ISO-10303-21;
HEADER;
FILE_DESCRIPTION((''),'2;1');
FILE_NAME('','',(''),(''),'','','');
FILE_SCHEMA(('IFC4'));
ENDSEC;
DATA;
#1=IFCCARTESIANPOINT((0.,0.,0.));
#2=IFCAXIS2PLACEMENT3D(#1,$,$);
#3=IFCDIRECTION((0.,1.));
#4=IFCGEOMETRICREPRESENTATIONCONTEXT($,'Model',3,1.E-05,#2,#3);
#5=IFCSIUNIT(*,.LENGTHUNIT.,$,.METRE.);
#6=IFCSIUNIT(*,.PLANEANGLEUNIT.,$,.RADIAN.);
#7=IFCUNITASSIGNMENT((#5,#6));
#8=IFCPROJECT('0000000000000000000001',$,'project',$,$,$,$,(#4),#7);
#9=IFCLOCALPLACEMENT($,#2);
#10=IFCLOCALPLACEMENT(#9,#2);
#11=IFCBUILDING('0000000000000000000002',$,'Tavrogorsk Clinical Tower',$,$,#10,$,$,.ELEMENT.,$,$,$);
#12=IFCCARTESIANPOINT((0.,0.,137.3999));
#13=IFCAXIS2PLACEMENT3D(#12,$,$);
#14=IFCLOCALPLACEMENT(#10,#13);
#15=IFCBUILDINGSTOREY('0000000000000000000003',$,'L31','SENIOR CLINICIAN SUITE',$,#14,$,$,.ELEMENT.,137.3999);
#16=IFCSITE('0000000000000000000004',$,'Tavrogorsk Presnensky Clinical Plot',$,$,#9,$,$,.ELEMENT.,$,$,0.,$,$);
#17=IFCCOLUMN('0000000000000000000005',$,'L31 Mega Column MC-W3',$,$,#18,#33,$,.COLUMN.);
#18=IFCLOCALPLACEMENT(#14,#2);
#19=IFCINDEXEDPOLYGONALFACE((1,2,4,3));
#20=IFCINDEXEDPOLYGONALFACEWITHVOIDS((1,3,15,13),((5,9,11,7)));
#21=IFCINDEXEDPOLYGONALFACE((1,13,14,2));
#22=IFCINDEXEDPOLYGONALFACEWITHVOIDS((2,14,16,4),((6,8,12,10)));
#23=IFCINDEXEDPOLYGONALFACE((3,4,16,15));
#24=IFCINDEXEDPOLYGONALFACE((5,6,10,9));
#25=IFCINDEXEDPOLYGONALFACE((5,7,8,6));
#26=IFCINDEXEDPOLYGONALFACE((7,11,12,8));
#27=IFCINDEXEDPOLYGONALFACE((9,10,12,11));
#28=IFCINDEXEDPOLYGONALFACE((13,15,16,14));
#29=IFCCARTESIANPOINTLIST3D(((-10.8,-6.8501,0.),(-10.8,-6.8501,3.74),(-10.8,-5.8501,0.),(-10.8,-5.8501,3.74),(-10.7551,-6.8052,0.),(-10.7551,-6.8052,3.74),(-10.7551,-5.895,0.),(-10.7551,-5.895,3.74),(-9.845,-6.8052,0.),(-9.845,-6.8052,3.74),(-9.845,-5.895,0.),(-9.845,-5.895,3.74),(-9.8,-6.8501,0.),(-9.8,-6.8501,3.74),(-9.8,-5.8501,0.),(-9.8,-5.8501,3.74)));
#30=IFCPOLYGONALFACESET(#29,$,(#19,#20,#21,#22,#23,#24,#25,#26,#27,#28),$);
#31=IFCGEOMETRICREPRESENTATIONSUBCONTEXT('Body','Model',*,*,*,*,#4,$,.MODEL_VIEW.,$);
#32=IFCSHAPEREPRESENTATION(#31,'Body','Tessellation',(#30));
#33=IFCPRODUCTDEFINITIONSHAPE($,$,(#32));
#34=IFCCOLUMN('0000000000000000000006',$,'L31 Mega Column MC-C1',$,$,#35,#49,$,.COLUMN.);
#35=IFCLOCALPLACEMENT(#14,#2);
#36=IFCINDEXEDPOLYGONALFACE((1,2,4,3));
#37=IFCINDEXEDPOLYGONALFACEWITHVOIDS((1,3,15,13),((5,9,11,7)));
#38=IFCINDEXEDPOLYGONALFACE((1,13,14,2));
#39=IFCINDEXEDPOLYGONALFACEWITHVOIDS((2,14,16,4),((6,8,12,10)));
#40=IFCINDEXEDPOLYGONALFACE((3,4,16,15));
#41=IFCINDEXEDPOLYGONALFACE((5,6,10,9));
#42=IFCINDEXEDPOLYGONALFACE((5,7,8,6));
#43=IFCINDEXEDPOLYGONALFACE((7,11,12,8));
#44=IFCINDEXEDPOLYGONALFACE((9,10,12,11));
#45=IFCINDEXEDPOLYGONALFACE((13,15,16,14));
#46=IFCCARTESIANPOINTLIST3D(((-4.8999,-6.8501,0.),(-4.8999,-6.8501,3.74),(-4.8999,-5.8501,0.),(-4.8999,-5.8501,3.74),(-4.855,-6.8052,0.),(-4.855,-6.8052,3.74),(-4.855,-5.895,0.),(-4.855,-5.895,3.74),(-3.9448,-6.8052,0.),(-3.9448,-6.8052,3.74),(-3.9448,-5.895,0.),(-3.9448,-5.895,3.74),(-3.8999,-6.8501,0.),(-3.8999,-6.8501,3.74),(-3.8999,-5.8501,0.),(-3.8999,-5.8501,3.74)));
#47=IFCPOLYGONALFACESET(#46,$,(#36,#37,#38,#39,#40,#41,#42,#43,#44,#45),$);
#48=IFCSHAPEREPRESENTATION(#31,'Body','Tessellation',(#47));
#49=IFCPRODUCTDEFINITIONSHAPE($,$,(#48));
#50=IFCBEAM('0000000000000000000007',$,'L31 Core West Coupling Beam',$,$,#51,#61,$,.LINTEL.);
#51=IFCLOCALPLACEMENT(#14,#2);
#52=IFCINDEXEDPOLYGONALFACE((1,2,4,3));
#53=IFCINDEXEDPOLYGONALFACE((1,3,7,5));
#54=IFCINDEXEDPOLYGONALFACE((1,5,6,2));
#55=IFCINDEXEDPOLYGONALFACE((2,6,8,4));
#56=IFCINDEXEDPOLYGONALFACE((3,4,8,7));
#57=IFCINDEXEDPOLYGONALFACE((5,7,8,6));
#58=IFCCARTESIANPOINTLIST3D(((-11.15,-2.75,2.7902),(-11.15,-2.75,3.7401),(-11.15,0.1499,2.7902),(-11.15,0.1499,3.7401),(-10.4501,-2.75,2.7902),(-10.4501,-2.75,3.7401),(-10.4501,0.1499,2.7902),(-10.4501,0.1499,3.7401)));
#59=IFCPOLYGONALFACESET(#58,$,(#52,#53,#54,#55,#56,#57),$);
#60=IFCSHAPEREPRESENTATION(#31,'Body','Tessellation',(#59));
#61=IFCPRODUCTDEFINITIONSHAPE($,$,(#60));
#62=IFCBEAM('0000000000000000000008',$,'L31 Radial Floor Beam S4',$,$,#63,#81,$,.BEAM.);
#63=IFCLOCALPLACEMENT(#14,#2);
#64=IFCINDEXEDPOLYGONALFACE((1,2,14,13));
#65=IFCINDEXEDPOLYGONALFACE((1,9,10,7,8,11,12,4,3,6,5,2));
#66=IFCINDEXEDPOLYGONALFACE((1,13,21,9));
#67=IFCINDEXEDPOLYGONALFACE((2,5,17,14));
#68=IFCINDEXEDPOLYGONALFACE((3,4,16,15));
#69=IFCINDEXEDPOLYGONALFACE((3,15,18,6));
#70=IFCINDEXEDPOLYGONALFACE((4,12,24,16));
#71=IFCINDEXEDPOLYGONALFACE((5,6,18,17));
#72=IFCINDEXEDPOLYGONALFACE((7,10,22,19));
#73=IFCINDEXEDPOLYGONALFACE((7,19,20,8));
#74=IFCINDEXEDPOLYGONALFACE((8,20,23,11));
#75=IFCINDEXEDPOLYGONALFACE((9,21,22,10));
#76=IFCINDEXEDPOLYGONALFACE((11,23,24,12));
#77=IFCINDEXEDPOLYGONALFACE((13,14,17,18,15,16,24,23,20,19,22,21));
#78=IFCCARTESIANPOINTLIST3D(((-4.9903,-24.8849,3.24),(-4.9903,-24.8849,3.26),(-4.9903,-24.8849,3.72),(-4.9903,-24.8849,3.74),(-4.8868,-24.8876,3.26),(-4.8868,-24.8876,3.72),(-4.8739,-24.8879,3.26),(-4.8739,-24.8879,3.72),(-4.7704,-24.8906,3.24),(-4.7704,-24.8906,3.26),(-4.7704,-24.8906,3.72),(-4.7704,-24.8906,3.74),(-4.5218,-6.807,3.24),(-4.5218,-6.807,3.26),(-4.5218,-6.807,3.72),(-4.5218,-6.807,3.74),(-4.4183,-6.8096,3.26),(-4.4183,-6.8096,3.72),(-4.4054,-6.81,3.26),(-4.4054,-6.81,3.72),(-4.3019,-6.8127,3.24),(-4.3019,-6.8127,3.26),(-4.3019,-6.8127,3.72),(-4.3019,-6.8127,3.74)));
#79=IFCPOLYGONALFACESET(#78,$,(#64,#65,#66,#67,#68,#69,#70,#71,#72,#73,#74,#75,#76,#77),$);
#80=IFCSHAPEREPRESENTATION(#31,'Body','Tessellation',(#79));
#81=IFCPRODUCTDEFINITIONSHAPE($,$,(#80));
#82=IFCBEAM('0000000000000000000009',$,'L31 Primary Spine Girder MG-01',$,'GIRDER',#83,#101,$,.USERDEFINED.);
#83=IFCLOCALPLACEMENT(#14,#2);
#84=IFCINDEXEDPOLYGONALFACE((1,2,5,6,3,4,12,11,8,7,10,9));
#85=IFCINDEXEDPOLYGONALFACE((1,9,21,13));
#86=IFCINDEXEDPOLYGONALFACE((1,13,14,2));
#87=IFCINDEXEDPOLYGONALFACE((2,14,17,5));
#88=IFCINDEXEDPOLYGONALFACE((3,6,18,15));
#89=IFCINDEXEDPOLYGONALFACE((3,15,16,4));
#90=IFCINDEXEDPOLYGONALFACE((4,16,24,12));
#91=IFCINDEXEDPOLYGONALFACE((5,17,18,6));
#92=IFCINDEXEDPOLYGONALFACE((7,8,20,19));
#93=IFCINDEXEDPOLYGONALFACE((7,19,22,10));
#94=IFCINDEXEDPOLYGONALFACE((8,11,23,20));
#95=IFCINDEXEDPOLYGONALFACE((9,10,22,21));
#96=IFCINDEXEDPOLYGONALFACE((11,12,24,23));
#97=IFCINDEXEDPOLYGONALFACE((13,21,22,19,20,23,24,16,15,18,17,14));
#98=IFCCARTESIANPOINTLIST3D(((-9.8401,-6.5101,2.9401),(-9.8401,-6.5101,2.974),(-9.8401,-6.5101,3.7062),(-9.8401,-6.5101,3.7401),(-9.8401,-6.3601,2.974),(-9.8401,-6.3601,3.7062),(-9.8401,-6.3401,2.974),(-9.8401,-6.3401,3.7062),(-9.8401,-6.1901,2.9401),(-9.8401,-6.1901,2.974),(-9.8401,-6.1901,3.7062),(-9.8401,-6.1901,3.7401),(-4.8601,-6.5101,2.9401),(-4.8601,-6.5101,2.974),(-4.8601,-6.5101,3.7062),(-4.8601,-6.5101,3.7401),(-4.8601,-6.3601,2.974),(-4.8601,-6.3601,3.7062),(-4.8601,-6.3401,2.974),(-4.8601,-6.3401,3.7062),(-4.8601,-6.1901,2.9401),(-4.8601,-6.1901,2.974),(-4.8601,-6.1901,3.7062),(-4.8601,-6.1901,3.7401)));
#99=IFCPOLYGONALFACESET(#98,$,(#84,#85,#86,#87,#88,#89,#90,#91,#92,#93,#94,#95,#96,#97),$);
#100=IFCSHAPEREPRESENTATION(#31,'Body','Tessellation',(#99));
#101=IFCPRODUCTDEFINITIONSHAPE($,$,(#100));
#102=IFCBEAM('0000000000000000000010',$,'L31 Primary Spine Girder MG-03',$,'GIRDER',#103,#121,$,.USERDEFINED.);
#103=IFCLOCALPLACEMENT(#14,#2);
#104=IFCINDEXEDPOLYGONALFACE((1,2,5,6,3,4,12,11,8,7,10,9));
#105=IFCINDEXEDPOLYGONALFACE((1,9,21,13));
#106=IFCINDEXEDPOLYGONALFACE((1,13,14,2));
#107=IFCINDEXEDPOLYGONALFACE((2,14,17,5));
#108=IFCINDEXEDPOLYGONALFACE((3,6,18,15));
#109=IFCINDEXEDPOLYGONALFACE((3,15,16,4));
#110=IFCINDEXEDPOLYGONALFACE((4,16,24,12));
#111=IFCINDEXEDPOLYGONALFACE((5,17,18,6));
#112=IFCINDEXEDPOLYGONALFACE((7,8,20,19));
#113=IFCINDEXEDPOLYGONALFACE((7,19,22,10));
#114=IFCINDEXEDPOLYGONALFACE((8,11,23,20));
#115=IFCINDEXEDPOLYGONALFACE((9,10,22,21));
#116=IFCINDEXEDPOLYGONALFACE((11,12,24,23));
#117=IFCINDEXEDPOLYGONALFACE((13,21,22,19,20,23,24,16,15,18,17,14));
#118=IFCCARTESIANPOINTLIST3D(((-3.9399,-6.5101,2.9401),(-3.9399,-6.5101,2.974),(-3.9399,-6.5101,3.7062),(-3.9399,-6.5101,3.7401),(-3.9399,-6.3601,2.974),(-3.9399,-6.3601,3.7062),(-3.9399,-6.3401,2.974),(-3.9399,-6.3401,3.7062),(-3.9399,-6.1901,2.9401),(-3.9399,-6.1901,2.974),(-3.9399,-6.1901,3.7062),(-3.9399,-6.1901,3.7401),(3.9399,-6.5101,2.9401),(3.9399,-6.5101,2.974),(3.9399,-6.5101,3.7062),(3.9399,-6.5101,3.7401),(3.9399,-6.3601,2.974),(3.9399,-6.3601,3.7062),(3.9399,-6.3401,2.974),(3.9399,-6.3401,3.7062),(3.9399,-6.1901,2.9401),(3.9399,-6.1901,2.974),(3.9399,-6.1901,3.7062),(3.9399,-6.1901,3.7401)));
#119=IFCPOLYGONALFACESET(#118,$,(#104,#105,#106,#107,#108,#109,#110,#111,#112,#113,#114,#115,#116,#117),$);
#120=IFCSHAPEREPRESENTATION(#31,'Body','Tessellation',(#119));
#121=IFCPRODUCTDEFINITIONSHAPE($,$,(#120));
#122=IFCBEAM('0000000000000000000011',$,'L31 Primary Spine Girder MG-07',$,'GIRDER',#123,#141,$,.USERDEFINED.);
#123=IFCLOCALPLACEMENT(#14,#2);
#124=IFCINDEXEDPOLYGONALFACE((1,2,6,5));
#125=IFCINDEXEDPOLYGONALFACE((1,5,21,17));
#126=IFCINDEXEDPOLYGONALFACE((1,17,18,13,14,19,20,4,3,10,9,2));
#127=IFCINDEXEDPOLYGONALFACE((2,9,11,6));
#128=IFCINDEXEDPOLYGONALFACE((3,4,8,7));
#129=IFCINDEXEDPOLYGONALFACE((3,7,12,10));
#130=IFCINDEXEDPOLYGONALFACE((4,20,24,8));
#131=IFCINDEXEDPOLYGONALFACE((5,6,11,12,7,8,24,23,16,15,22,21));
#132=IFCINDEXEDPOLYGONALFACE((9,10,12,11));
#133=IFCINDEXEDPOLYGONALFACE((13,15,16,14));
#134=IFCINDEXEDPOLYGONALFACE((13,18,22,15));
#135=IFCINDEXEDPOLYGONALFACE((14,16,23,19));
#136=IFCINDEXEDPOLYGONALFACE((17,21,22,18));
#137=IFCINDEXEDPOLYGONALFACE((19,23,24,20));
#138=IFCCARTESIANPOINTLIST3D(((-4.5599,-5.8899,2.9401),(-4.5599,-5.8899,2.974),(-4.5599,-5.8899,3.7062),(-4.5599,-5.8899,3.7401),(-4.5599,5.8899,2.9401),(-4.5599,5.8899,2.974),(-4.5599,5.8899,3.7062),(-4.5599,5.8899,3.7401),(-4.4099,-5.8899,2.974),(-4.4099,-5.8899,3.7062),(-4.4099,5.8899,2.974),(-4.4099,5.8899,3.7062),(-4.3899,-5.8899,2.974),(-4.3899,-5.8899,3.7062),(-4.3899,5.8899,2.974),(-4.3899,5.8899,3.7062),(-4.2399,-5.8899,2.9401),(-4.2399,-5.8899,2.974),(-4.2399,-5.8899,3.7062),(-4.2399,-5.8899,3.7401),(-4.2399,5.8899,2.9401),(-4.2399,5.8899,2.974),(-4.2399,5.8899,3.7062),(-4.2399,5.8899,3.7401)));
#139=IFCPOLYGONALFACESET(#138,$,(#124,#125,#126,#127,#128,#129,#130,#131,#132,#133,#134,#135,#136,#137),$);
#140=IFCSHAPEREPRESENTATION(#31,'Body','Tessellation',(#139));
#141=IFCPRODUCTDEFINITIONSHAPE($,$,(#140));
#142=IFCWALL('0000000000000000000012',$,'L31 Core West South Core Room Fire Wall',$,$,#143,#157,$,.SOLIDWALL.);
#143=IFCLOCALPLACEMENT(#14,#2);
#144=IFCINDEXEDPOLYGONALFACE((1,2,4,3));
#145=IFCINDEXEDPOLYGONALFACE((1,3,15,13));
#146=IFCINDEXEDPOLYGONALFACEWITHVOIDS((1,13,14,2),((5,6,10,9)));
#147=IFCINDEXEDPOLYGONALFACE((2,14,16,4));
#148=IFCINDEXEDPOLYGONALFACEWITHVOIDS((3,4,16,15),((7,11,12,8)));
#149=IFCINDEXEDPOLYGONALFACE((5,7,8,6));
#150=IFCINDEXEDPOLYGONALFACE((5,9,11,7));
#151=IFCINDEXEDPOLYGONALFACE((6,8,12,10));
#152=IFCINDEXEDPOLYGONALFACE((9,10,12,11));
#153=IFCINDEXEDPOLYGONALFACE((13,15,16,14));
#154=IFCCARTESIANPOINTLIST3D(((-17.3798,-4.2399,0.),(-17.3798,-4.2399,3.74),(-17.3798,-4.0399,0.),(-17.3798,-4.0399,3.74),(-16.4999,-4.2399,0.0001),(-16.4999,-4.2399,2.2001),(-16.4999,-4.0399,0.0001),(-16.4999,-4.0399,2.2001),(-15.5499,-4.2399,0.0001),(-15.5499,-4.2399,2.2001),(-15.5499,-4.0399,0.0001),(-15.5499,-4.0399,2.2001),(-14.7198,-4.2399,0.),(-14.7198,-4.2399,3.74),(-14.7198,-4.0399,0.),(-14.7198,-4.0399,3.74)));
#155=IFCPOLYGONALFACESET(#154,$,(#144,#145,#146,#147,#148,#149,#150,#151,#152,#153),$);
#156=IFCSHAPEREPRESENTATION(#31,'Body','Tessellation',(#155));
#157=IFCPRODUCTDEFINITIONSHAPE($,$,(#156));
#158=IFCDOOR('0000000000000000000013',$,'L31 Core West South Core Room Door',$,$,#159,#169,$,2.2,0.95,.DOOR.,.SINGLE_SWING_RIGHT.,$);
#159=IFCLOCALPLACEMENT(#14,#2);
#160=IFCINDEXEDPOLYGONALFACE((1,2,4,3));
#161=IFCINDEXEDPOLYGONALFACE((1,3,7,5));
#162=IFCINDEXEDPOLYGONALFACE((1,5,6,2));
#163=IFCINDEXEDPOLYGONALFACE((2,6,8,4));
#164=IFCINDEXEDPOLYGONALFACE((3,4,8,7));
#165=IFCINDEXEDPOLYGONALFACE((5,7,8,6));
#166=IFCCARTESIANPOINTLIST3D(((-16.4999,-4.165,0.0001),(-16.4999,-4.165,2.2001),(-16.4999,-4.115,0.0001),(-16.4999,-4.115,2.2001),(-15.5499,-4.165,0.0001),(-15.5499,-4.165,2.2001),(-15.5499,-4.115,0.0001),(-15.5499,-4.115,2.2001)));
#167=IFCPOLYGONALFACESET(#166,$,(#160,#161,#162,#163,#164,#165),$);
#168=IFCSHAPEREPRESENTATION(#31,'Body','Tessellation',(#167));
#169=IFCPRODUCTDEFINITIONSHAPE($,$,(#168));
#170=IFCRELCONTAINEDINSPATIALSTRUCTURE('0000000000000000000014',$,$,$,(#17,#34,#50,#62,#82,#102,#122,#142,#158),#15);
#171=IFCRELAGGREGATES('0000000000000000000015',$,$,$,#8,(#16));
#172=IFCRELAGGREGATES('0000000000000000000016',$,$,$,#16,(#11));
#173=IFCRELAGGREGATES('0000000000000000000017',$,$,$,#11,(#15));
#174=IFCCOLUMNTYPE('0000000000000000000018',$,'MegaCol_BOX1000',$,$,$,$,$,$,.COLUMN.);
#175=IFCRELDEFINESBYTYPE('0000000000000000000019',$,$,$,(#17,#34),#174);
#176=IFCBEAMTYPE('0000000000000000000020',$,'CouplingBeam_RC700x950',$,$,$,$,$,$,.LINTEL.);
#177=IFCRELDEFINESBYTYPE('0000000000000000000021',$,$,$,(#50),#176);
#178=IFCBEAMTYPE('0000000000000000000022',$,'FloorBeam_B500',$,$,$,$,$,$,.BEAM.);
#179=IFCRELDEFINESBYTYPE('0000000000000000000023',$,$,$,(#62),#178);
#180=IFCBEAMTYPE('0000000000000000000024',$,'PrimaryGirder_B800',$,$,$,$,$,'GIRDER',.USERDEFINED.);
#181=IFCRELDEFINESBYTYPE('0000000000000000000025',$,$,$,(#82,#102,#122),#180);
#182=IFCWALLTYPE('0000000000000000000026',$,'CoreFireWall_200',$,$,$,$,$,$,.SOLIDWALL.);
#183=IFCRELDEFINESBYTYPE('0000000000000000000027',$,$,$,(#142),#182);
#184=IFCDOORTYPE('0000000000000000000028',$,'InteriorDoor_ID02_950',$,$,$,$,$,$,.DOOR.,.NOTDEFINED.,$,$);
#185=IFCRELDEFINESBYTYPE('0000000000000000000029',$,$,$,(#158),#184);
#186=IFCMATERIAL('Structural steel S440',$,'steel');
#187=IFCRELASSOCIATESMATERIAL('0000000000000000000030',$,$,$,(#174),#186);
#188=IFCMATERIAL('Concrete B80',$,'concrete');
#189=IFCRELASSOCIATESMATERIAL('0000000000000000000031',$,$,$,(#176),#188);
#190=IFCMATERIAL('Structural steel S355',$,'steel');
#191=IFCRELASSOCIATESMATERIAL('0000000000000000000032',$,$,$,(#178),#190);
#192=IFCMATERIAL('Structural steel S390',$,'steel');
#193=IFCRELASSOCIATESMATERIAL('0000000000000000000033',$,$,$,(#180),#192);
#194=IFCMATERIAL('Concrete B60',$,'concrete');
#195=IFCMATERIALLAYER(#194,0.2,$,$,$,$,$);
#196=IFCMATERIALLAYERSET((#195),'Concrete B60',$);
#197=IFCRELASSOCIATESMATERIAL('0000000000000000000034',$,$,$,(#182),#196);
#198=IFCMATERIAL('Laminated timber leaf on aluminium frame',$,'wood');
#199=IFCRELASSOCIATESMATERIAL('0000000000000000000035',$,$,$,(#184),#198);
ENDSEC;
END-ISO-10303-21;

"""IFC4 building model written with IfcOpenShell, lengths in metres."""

from ifc_helpers import new_model, si_unit, direction, frame, frame_2d, origin, origin_2d, place, context, subcontext, project, spatial, rectangle, hollow_rectangle, i_section, extrude, material, layer, layer_set, material_profile, profile_set, type_object, element, fill, save


model = new_model("IFC4")

# Units and contexts
model_context = context("Model", 3, precision=1e-05, world=origin(), true_north=direction((0.0, 1.0)))
body_context = subcontext(model_context, "Body", "Model", "MODEL_VIEW")
ifc_project = project(units=[si_unit("LENGTHUNIT", "METRE"), si_unit("PLANEANGLEUNIT", "RADIAN")], contexts=[model_context])

# Site, building, storey
site_placement = place(None, origin())
site = spatial("IfcSite", under=ifc_project, at=site_placement, Name="Tavrogorsk Presnensky Clinical Plot", CompositionType="ELEMENT", RefElevation=0.0)
building_placement = place(site_placement, origin())
building = spatial("IfcBuilding", under=site, at=building_placement, Name="Tavrogorsk Clinical Tower", CompositionType="ELEMENT")
storey_placement = place(building_placement, frame((0.0, 0.0, 137.3999)))
storey = spatial("IfcBuildingStorey", under=building, at=storey_placement, Name="L31", Description="SENIOR CLINICIAN SUITE", CompositionType="ELEMENT", Elevation=137.3999)

# Columns
ifc_material_1 = material(Name="Structural steel S440", Category="steel")
ifc_material_profile_1 = material_profile(ifc_material_1, hollow_rectangle(XDim=1.0, YDim=1.0, WallThickness=0.0449, at=origin_2d()), Name="BOX-1000x1000x45")
ifc_profile_set_1 = profile_set([ifc_material_profile_1], Name="Structural steel S440")
column_type = type_object("IfcColumnType", Name="MegaCol_BOX1000", PredefinedType="COLUMN", material=ifc_profile_set_1)
for number, where, z_axis, x_axis, name in (
    (1, (-10.3, -6.3501, 0.0), (0.0, 0.0, 1.0), (1.0, 0.0, 0.0), "L31 Mega Column MC-W3"),
    (2, (-4.3999, -6.3501, 0.0), (0.0, 0.0, 1.0), (1.0, 0.0, 0.0), "L31 Mega Column MC-C1"),
):
    element("IfcColumn", number, at=place(storey_placement, frame(where, z_axis=z_axis, x_axis=x_axis)), inside=storey, type_object=column_type, Name=name, PredefinedType="COLUMN", context=body_context, shape_type="SweptSolid", body=[
        extrude(hollow_rectangle(XDim=1.0, YDim=1.0, WallThickness=0.0449, at=origin_2d()), origin(), (0.0, 0.0, 1.0), 3.74),
    ])

# Beams
ifc_material_2 = material(Name="Concrete B80", Category="concrete")
ifc_material_profile_2 = material_profile(ifc_material_2, rectangle(XDim=0.7, YDim=0.95, at=origin_2d()), Name="RC-CB-700x950")
ifc_profile_set_2 = profile_set([ifc_material_profile_2], Name="Concrete B80")
beam_type_1 = type_object("IfcBeamType", Name="CouplingBeam_RC700x950", PredefinedType="LINTEL", material=ifc_profile_set_2)
beam_1_placement = place(storey_placement, frame((-10.8, -2.75, 3.2651), z_axis=(0.0, 1.0, 0.0), x_axis=(-1.0, 0.0, 0.0)))
element("IfcBeam", 3, at=beam_1_placement, inside=storey, type_object=beam_type_1, Name="L31 Core West Coupling Beam", PredefinedType="LINTEL", context=body_context, shape_type="SweptSolid", body=[
    extrude(rectangle(XDim=0.7, YDim=0.95, at=origin_2d()), origin(), (0.0, 0.0, 1.0), 2.8999),
])
ifc_material_3 = material(Name="Structural steel S355", Category="steel")
ifc_material_profile_3 = material_profile(ifc_material_3, i_section(OverallWidth=0.22, OverallDepth=0.5, WebThickness=0.0129, FlangeThickness=0.02, at=origin_2d()), Name="B-500x220x13x20")
ifc_profile_set_3 = profile_set([ifc_material_profile_3], Name="Structural steel S355")
beam_type_2 = type_object("IfcBeamType", Name="FloorBeam_B500", PredefinedType="BEAM", material=ifc_profile_set_3)
beam_2_placement = place(storey_placement, frame((-4.4119, -6.8098, 3.49), z_axis=(-0.025907, -0.999664, 0.0), x_axis=(0.999664, -0.025907, 0.0)))
element("IfcBeam", 4, at=beam_2_placement, inside=storey, type_object=beam_type_2, Name="L31 Radial Floor Beam S4", PredefinedType="BEAM", context=body_context, shape_type="SweptSolid", body=[
    extrude(i_section(OverallWidth=0.22, OverallDepth=0.5, WebThickness=0.0129, FlangeThickness=0.02, at=origin_2d()), origin(), (0.0, 0.0, 1.0), 18.084),
])
ifc_material_4 = material(Name="Structural steel S390", Category="steel")
ifc_material_profile_4 = material_profile(ifc_material_4, i_section(OverallWidth=0.3201, OverallDepth=0.8, WebThickness=0.02, FlangeThickness=0.0339, at=origin_2d()), Name="B-800x320x20x34")
ifc_profile_set_4 = profile_set([ifc_material_profile_4], Name="Structural steel S390")
beam_type_3 = type_object("IfcBeamType", Name="PrimaryGirder_B800", ElementType="GIRDER", PredefinedType="USERDEFINED", material=ifc_profile_set_4)
beam_3_placement = place(storey_placement, frame((-9.8401, -6.3501, 3.3401), z_axis=(1.0, 0.0, 0.0), x_axis=(0.0, 1.0, 0.0)))
element("IfcBeam", 5, at=beam_3_placement, inside=storey, type_object=beam_type_3, Name="L31 Primary Spine Girder MG-01", ObjectType="GIRDER", PredefinedType="USERDEFINED", context=body_context, shape_type="SweptSolid", body=[
    extrude(i_section(OverallWidth=0.3201, OverallDepth=0.8, WebThickness=0.02, FlangeThickness=0.0339, at=origin_2d()), origin(), (0.0, 0.0, 1.0), 4.98),
])
beam_4_placement = place(storey_placement, frame((-3.9399, -6.3501, 3.3401), z_axis=(1.0, 0.0, 0.0), x_axis=(0.0, 1.0, 0.0)))
element("IfcBeam", 6, at=beam_4_placement, inside=storey, type_object=beam_type_3, Name="L31 Primary Spine Girder MG-03", ObjectType="GIRDER", PredefinedType="USERDEFINED", context=body_context, shape_type="SweptSolid", body=[
    extrude(i_section(OverallWidth=0.3201, OverallDepth=0.8, WebThickness=0.02, FlangeThickness=0.0339, at=origin_2d()), origin(), (0.0, 0.0, 1.0), 7.8799),
])
beam_5_placement = place(storey_placement, frame((-4.3999, -5.8899, 3.3401), z_axis=(0.0, 1.0, 0.0), x_axis=(-1.0, 0.0, 0.0)))
element("IfcBeam", 7, at=beam_5_placement, inside=storey, type_object=beam_type_3, Name="L31 Primary Spine Girder MG-07", ObjectType="GIRDER", PredefinedType="USERDEFINED", context=body_context, shape_type="SweptSolid", body=[
    extrude(i_section(OverallWidth=0.3201, OverallDepth=0.8, WebThickness=0.02, FlangeThickness=0.0339, at=origin_2d()), origin(), (0.0, 0.0, 1.0), 11.7798),
])

# Wall, opening, door
ifc_material_5 = material(Name="Concrete B60", Category="concrete")
ifc_layer_1 = layer(ifc_material_5, 0.2)
ifc_layer_set_1 = layer_set([ifc_layer_1], Name="Concrete B60")
wall_type_1 = type_object("IfcWallType", Name="CoreFireWall_200", PredefinedType="SOLIDWALL", material=ifc_layer_set_1)
wall_1_placement = place(storey_placement, frame((-17.3799, -4.1399, 0.0), z_axis=(0.0, 0.0, 1.0), x_axis=(1.0, 0.0, 0.0)))
wall_1 = element("IfcWall", 8, at=wall_1_placement, inside=storey, type_object=wall_type_1, Name="L31 Core West South Core Room Fire Wall", PredefinedType="SOLIDWALL", context=body_context, shape_type="SweptSolid", body=[
    extrude(rectangle(XDim=2.6599, YDim=0.2, at=frame_2d((1.3301, 0.0))), origin(), (0.0, 0.0, 1.0), 3.74),
])
opening_1_placement = place(wall_1_placement, frame((0.8799, 0.0, 0.0)))
opening_1 = element("IfcOpeningElement", 9, at=opening_1_placement, cuts=wall_1, PredefinedType="OPENING", context=body_context, shape_type="SweptSolid", body=[
    extrude(rectangle(XDim=0.95, YDim=2.2, at=frame_2d((0.4751, 1.1001))), frame((0.0, 0.1099, 0.0), z_axis=(0.0, -1.0, 0.0), x_axis=(1.0, 0.0, 0.0)), (0.0, 0.0, 1.0), 0.22),
])
ifc_material_6 = material(Name="Laminated timber leaf on aluminium frame", Category="wood")
door_type_1 = type_object("IfcDoorType", Name="InteriorDoor_ID02_950", OperationType="NOTDEFINED", PredefinedType="DOOR", material=ifc_material_6)
door_1_placement = place(opening_1_placement, origin())
door_1 = element("IfcDoor", 10, at=door_1_placement, inside=storey, type_object=door_type_1, Name="L31 Core West South Core Room Door", OperationType="SINGLE_SWING_RIGHT", OverallHeight=2.2, OverallWidth=0.95, PredefinedType="DOOR", context=body_context, shape_type="SweptSolid", body=[
    extrude(rectangle(XDim=0.95, YDim=2.2, at=frame_2d((0.4751, 1.1001))), frame((0.0, 0.0249, 0.0), z_axis=(0.0, -1.0, 0.0), x_axis=(1.0, 0.0, 0.0)), (0.0, 0.0, 1.0), 0.05),
])
fill(opening_1, door_1)

save(model, "model.ifc")
